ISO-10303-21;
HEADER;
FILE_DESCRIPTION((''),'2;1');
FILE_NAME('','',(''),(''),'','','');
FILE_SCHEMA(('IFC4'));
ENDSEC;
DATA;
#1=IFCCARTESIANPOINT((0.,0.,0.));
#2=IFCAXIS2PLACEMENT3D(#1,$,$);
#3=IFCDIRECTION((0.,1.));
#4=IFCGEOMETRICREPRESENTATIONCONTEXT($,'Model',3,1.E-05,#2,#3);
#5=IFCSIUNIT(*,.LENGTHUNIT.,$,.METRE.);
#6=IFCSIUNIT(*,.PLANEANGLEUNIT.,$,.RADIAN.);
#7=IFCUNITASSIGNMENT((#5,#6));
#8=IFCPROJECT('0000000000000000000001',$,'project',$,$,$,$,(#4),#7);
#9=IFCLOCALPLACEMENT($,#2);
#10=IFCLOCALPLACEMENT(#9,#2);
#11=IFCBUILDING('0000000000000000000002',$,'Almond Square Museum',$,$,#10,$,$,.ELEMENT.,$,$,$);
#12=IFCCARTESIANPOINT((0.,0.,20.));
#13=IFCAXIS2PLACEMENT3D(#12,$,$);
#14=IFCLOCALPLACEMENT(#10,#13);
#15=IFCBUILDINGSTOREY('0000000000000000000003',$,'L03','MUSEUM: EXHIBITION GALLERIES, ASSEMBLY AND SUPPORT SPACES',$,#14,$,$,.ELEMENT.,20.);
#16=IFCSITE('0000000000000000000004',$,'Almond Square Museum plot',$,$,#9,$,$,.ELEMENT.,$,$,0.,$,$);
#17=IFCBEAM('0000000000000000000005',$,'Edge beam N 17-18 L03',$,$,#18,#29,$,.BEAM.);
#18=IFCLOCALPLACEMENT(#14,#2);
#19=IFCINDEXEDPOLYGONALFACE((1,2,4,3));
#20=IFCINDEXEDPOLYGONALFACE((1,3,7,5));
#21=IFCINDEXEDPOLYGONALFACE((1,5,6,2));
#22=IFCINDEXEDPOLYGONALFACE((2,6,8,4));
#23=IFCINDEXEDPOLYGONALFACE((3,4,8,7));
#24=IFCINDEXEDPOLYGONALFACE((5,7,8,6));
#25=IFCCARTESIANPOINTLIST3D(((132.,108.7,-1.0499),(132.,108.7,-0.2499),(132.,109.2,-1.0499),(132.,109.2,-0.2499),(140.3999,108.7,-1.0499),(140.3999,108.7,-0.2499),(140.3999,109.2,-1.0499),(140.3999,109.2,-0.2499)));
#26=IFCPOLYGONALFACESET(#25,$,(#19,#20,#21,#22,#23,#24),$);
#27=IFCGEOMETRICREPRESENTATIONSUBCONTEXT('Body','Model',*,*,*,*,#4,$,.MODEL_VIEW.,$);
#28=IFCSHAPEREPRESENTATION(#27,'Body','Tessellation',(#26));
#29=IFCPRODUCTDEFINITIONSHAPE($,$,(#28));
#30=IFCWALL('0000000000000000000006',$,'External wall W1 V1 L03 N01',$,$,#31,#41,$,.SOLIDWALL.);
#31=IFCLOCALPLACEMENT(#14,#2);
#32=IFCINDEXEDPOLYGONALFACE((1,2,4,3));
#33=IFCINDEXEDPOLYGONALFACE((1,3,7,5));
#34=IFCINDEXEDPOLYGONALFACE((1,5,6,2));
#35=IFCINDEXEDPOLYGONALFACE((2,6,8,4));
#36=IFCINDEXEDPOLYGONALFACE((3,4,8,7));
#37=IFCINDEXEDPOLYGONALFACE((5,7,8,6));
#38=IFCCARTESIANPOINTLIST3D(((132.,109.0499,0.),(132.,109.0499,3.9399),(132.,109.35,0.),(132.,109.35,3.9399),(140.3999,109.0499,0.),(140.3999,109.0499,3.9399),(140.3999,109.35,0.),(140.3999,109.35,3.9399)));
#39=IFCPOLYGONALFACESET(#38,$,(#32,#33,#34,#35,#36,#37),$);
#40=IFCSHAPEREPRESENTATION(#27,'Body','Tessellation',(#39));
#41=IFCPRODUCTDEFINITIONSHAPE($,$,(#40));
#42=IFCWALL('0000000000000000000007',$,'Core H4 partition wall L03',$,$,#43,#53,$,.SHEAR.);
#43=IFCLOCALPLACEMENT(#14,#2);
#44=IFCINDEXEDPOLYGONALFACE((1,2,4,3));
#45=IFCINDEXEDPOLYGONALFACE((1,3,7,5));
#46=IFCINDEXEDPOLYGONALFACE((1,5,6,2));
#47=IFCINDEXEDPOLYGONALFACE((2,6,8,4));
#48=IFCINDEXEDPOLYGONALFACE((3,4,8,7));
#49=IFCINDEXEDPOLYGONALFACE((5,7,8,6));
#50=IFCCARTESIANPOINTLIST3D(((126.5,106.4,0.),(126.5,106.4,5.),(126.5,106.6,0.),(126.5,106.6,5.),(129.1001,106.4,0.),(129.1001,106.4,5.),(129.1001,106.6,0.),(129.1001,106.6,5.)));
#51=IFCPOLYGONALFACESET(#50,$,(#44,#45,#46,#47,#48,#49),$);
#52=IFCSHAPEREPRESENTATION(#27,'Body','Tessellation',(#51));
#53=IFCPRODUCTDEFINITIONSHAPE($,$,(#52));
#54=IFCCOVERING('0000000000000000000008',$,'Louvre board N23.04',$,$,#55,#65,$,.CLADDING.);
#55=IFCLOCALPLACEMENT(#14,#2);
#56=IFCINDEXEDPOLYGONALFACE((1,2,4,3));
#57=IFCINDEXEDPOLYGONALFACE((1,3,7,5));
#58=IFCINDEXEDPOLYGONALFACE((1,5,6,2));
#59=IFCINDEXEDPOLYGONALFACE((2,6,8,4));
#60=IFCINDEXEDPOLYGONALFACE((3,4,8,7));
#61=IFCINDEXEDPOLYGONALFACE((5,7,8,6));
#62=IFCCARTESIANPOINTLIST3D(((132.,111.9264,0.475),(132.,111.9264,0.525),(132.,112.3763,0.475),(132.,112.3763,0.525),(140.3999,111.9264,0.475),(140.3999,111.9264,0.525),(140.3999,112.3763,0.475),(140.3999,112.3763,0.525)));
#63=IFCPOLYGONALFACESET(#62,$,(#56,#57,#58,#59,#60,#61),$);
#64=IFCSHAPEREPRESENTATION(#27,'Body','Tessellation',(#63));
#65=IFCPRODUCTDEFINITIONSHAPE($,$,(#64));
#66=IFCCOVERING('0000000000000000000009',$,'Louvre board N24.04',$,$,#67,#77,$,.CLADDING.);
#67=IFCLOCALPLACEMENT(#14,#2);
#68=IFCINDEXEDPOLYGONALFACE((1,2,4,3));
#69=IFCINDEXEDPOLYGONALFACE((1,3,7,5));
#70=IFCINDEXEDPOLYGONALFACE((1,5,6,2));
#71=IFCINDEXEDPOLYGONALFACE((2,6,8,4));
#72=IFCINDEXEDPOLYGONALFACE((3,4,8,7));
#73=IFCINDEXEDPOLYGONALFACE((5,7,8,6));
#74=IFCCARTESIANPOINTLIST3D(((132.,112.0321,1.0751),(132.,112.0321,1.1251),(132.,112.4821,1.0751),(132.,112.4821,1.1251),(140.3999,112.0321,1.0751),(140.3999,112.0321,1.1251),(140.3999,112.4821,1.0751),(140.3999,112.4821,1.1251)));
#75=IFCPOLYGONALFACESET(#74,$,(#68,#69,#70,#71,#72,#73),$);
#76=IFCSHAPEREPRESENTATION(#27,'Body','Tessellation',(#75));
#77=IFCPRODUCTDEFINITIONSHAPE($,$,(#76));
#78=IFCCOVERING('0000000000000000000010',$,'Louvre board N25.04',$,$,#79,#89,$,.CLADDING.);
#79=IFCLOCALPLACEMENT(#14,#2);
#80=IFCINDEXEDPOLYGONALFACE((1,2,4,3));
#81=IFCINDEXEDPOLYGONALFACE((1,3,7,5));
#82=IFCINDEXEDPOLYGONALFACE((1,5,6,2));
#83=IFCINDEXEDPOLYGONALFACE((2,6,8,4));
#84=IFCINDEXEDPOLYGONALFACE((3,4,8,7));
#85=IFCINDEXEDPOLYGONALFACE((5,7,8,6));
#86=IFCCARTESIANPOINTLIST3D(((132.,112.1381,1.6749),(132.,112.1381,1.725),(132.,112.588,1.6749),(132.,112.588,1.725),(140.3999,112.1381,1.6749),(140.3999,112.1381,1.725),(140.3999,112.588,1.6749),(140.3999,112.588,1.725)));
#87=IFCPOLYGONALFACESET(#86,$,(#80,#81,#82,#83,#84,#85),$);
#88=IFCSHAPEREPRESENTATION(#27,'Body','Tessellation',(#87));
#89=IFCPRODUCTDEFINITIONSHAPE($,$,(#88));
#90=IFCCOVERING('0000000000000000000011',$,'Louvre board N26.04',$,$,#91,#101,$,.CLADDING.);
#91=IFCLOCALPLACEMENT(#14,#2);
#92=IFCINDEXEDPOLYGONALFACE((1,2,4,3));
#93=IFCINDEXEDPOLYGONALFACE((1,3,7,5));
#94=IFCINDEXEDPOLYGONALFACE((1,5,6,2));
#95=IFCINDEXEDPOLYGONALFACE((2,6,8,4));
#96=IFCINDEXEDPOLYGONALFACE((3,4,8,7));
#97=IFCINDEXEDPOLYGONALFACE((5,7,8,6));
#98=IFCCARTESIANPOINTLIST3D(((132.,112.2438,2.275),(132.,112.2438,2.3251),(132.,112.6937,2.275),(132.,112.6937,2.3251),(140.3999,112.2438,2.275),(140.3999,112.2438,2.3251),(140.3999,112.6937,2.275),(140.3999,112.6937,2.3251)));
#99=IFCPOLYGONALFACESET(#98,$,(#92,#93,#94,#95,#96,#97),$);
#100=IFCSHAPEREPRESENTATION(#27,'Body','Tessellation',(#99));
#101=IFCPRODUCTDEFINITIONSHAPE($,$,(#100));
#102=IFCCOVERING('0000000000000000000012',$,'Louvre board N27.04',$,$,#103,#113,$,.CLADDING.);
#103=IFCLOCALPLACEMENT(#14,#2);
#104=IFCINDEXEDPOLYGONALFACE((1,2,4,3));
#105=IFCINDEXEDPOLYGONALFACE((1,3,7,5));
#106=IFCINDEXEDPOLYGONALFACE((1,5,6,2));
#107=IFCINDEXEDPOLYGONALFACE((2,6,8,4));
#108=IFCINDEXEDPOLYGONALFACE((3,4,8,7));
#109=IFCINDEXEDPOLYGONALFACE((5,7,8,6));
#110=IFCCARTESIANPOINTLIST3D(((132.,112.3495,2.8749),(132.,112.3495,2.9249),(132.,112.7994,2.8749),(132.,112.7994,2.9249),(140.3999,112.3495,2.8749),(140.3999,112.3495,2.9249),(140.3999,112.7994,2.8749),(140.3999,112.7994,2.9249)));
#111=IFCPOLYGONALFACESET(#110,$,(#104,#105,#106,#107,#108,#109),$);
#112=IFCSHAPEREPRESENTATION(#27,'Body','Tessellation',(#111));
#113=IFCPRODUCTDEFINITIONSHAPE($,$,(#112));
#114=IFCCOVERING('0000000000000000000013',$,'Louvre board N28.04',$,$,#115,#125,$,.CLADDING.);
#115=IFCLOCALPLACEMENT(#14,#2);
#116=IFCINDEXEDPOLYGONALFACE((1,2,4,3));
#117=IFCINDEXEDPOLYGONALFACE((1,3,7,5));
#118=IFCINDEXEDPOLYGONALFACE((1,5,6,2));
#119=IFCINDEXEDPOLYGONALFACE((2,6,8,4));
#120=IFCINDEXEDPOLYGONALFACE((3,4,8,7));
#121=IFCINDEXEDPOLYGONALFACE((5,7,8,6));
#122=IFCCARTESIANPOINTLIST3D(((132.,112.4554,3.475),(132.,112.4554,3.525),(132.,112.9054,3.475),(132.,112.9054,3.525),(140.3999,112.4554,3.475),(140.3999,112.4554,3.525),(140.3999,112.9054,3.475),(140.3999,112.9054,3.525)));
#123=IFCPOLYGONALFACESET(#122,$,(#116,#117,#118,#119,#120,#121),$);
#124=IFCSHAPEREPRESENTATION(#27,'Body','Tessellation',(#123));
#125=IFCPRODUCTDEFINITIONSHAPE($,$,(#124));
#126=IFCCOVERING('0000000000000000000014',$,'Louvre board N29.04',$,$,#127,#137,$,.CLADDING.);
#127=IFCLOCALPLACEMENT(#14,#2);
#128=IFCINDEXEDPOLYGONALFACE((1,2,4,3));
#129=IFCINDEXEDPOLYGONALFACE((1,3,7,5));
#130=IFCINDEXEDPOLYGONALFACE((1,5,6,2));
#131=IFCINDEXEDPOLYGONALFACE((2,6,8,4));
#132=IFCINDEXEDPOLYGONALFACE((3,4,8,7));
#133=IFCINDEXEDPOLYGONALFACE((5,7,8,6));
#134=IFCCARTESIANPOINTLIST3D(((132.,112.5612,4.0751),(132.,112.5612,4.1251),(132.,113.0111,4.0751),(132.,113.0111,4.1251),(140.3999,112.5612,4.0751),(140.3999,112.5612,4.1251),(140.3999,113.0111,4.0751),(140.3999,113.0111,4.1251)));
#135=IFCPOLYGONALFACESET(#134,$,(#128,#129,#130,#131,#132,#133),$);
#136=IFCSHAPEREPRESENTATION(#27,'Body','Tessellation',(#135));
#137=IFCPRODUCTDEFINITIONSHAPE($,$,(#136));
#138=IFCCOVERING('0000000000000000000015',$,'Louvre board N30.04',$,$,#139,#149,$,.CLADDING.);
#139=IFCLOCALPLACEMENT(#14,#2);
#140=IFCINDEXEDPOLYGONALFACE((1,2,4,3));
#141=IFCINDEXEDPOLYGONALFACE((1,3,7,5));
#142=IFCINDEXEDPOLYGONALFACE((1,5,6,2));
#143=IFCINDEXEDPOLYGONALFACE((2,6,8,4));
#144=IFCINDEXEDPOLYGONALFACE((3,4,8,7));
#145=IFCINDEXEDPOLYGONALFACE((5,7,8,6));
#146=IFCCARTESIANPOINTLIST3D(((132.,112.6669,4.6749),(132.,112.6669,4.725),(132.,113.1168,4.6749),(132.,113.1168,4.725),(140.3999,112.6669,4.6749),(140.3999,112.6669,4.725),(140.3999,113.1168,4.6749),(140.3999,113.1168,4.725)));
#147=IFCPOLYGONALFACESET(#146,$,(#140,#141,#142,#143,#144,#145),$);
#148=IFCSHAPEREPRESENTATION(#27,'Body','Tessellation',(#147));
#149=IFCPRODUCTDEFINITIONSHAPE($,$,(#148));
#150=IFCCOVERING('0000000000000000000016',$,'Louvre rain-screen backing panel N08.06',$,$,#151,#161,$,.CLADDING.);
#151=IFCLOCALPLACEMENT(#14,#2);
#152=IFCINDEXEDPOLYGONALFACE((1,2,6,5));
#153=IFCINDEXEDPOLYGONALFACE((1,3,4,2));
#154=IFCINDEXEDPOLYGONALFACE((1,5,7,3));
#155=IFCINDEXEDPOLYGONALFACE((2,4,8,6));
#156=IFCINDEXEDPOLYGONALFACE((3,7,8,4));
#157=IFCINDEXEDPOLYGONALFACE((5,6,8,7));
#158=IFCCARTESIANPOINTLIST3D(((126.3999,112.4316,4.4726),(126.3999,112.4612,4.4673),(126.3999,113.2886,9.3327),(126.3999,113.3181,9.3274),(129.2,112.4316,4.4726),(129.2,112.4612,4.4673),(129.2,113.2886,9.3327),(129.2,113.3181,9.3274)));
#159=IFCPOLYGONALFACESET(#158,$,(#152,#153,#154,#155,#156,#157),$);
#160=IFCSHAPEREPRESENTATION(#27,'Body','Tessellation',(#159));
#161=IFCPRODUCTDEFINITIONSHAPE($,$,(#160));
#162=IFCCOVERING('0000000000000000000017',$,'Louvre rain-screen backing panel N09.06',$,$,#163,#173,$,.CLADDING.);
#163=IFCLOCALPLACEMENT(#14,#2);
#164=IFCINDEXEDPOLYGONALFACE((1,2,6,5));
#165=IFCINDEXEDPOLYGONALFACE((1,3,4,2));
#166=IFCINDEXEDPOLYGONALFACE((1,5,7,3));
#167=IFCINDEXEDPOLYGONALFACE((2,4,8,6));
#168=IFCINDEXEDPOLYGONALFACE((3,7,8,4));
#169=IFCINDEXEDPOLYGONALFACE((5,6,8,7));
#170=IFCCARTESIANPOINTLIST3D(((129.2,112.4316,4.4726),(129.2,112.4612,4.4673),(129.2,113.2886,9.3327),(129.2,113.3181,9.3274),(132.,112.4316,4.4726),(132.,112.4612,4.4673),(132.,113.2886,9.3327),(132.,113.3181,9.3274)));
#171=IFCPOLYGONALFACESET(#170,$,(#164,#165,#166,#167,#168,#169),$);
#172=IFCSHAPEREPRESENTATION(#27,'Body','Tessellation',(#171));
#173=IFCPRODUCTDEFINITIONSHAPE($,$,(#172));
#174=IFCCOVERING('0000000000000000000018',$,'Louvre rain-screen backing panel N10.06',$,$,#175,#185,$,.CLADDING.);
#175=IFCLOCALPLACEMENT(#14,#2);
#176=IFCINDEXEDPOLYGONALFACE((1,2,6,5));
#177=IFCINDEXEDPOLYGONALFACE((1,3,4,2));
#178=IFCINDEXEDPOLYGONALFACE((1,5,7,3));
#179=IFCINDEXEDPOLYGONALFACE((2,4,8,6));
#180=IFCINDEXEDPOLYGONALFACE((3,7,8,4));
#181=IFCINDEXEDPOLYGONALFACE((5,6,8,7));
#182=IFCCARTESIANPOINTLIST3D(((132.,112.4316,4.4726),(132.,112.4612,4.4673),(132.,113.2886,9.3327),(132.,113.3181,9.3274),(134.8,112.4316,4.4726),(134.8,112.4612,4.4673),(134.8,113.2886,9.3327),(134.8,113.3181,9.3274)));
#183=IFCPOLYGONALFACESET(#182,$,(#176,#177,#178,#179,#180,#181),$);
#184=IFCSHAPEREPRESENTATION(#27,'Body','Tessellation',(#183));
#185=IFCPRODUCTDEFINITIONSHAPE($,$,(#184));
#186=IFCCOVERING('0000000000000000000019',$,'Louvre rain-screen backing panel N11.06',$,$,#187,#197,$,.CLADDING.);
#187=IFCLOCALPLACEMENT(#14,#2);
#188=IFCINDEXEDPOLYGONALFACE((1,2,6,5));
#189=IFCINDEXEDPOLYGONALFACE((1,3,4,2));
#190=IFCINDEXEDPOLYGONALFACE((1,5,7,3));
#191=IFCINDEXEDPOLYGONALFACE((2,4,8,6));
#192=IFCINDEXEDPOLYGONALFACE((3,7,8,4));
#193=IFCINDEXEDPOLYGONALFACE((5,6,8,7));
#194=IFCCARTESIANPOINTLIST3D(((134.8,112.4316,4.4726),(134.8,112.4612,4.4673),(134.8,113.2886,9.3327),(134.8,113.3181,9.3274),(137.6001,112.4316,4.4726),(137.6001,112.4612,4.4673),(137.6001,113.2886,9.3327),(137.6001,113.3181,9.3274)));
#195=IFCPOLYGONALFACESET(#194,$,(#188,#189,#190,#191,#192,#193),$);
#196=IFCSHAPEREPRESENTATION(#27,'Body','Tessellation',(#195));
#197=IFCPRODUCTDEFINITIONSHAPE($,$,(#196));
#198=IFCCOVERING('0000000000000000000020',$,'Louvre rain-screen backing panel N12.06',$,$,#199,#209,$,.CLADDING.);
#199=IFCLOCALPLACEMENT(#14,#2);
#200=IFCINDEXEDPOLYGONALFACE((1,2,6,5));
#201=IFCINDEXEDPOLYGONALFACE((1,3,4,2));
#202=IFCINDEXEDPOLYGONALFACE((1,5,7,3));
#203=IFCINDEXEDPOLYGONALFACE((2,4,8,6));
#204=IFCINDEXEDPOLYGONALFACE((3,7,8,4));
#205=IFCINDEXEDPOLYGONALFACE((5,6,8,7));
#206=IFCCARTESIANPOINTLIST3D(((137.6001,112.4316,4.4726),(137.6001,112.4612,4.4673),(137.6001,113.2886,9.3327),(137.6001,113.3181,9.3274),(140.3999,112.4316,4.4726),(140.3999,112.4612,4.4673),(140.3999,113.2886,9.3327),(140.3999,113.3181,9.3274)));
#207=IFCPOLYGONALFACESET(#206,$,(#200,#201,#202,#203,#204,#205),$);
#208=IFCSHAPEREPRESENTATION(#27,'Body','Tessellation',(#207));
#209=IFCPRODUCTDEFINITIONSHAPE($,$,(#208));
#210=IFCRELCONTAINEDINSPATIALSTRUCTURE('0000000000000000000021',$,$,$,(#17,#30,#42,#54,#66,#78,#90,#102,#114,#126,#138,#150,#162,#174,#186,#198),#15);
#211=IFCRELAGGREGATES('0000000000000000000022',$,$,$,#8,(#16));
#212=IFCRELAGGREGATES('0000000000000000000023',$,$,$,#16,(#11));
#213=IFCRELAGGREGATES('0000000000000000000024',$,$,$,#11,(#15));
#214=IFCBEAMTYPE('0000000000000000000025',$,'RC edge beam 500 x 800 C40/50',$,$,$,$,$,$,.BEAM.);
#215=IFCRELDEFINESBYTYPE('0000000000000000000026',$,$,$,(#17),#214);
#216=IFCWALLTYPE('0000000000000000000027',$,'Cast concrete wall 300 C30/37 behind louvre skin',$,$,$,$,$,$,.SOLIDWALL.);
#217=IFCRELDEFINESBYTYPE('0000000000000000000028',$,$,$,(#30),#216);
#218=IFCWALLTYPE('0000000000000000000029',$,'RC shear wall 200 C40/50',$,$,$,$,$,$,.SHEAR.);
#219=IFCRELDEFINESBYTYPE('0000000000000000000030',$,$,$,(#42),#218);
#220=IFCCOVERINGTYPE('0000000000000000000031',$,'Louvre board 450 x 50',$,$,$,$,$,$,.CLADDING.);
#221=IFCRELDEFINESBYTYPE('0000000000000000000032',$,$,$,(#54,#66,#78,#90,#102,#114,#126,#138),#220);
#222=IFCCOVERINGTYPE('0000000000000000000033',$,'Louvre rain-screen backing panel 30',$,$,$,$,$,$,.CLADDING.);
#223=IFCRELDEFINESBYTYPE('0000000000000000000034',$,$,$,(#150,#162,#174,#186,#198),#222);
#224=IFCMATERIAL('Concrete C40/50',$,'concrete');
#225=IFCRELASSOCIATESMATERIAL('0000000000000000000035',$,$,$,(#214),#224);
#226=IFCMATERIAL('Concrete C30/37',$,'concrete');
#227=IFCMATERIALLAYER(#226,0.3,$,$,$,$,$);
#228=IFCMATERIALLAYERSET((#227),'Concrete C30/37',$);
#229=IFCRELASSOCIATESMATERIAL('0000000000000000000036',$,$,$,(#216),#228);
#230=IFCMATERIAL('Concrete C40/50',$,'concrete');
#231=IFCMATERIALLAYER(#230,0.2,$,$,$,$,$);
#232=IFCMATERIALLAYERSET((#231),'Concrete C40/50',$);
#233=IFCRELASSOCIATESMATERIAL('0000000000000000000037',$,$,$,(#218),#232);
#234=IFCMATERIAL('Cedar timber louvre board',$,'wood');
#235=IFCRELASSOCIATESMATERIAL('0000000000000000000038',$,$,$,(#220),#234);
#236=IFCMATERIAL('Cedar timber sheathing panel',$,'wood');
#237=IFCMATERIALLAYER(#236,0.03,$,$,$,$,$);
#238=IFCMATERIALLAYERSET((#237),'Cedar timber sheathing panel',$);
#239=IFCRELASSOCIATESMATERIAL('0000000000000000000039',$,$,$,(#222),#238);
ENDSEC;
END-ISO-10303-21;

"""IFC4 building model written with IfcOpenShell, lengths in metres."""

from ifc_helpers import new_model, si_unit, direction, frame, frame_2d, origin, origin_2d, place, context, subcontext, project, spatial, polyline, rectangle, outline, extrude, material, layer, layer_set, material_profile, profile_set, type_object, element, save


model = new_model("IFC4")

# Units and contexts
model_context = context("Model", 3, precision=1e-05, world=origin(), true_north=direction((0.0, 1.0)))
body_context = subcontext(model_context, "Body", "Model", "MODEL_VIEW")
ifc_project = project(units=[si_unit("LENGTHUNIT", "METRE"), si_unit("PLANEANGLEUNIT", "RADIAN")], contexts=[model_context])

# Site, building, storey
site_placement = place(None, origin())
site = spatial("IfcSite", under=ifc_project, at=site_placement, Name="Almond Square Museum plot", CompositionType="ELEMENT", RefElevation=0.0)
building_placement = place(site_placement, origin())
building = spatial("IfcBuilding", under=site, at=building_placement, Name="Almond Square Museum", CompositionType="ELEMENT")
storey_placement = place(building_placement, frame((0.0, 0.0, 20.0)))
storey = spatial("IfcBuildingStorey", under=building, at=storey_placement, Name="L03", Description="MUSEUM: EXHIBITION GALLERIES, ASSEMBLY AND SUPPORT SPACES", CompositionType="ELEMENT", Elevation=20.0)

# Beam
ifc_material_1 = material(Name="Concrete C40/50", Category="concrete")
ifc_material_profile_1 = material_profile(ifc_material_1, rectangle(XDim=0.5, YDim=0.8, at=origin_2d()))
ifc_profile_set_1 = profile_set([ifc_material_profile_1], Name="Concrete C40/50")
beam_type = type_object("IfcBeamType", Name="RC edge beam 500 x 800 C40/50", PredefinedType="BEAM", material=ifc_profile_set_1)
beam_placement = place(storey_placement, frame((132.0, 108.95, -0.6499), z_axis=(1.0, 0.0, 0.0), x_axis=(0.0, 1.0, 0.0)))
element("IfcBeam", 1, at=beam_placement, inside=storey, type_object=beam_type, Name="Edge beam N 17-18 L03", PredefinedType="BEAM", context=body_context, shape_type="SweptSolid", body=[
    extrude(rectangle(XDim=0.5, YDim=0.8, at=origin_2d()), origin(), (0.0, 0.0, 1.0), 8.3999),
])

# Walls
ifc_material_2 = material(Name="Concrete C30/37", Category="concrete")
ifc_layer_1 = layer(ifc_material_2, 0.3)
ifc_layer_set_1 = layer_set([ifc_layer_1], Name="Concrete C30/37")
wall_type_1 = type_object("IfcWallType", Name="Cast concrete wall 300 C30/37 behind louvre skin", PredefinedType="SOLIDWALL", material=ifc_layer_set_1)
wall_1_placement = place(storey_placement, frame((132.0, 109.2, 0.0), z_axis=(0.0, 0.0, 1.0), x_axis=(1.0, 0.0, 0.0)))
element("IfcWall", 2, at=wall_1_placement, inside=storey, type_object=wall_type_1, Name="External wall W1 V1 L03 N01", PredefinedType="SOLIDWALL", context=body_context, shape_type="SweptSolid", body=[
    extrude(rectangle(XDim=8.3999, YDim=0.3, at=frame_2d((4.2, 0.0))), origin(), (0.0, 0.0, 1.0), 3.9399),
])
ifc_material_3 = material(Name="Concrete C40/50", Category="concrete")
ifc_layer_2 = layer(ifc_material_3, 0.2)
ifc_layer_set_2 = layer_set([ifc_layer_2], Name="Concrete C40/50")
wall_type_2 = type_object("IfcWallType", Name="RC shear wall 200 C40/50", PredefinedType="SHEAR", material=ifc_layer_set_2)
wall_2_placement = place(storey_placement, frame((126.5, 106.5, 0.0), z_axis=(0.0, 0.0, 1.0), x_axis=(1.0, 0.0, 0.0)))
element("IfcWall", 3, at=wall_2_placement, inside=storey, type_object=wall_type_2, Name="Core H4 partition wall L03", PredefinedType="SHEAR", context=body_context, shape_type="SweptSolid", body=[
    extrude(rectangle(XDim=2.6001, YDim=0.2, at=frame_2d((1.3, 0.0))), origin(), (0.0, 0.0, 1.0), 5.0),
])

# Coverings
ifc_material_4 = material(Name="Cedar timber louvre board", Category="wood")
ifc_material_profile_2 = material_profile(ifc_material_4, rectangle(XDim=0.45, YDim=0.05, at=origin_2d()))
ifc_profile_set_2 = profile_set([ifc_material_profile_2], Name="Cedar timber louvre board")
covering_type_1 = type_object("IfcCoveringType", Name="Louvre board 450 x 50", PredefinedType="CLADDING", material=ifc_profile_set_2)
for number, where, z_axis, x_axis, name in (
    (4, (132.0, 112.1514, 0.5), (1.0, 0.0, 0.0), (0.0, 1.0, 0.0), "Louvre board N23.04"),
    (5, (132.0, 112.2571, 1.1001), (1.0, 0.0, 0.0), (0.0, 1.0, 0.0), "Louvre board N24.04"),
    (6, (132.0, 112.363, 1.7), (1.0, 0.0, 0.0), (0.0, 1.0, 0.0), "Louvre board N25.04"),
    (7, (132.0, 112.4688, 2.3), (1.0, 0.0, 0.0), (0.0, 1.0, 0.0), "Louvre board N26.04"),
    (8, (132.0, 112.5745, 2.8999), (1.0, 0.0, 0.0), (0.0, 1.0, 0.0), "Louvre board N27.04"),
    (9, (132.0, 112.6804, 3.5), (1.0, 0.0, 0.0), (0.0, 1.0, 0.0), "Louvre board N28.04"),
    (10, (132.0, 112.7861, 4.1001), (1.0, 0.0, 0.0), (0.0, 1.0, 0.0), "Louvre board N29.04"),
    (11, (132.0, 112.8918, 4.7), (1.0, 0.0, 0.0), (0.0, 1.0, 0.0), "Louvre board N30.04"),
):
    element("IfcCovering", number, at=place(storey_placement, frame(where, z_axis=z_axis, x_axis=x_axis)), inside=storey, type_object=covering_type_1, Name=name, PredefinedType="CLADDING", context=body_context, shape_type="SweptSolid", body=[
        extrude(rectangle(XDim=0.45, YDim=0.05, at=origin_2d()), origin(), (0.0, 0.0, 1.0), 8.3999),
    ])
ifc_material_5 = material(Name="Cedar timber sheathing panel", Category="wood")
ifc_layer_3 = layer(ifc_material_5, 0.03)
ifc_layer_set_3 = layer_set([ifc_layer_3], Name="Cedar timber sheathing panel")
covering_type_2 = type_object("IfcCoveringType", Name="Louvre rain-screen backing panel 30", PredefinedType="CLADDING", material=ifc_layer_set_3)
for number, where, z_axis, x_axis, name in (
    (12, (126.3999, 112.4463, 4.47), (0.0, -0.984809, 0.173641), (1.0, 0.0, 0.0), "Louvre rain-screen backing panel N08.06"),
    (13, (129.2, 112.4463, 4.47), (0.0, -0.984809, 0.173641), (1.0, 0.0, 0.0), "Louvre rain-screen backing panel N09.06"),
    (14, (132.0, 112.4463, 4.47), (0.0, -0.984809, 0.173641), (1.0, 0.0, 0.0), "Louvre rain-screen backing panel N10.06"),
    (15, (134.8, 112.4463, 4.47), (0.0, -0.984809, 0.173641), (1.0, 0.0, 0.0), "Louvre rain-screen backing panel N11.06"),
):
    element("IfcCovering", number, at=place(storey_placement, frame(where, z_axis=z_axis, x_axis=x_axis)), inside=storey, type_object=covering_type_2, Name=name, PredefinedType="CLADDING", context=body_context, shape_type="SweptSolid", body=[
        extrude(outline(polyline([(0.0, 0.0), (2.8, 0.0), (2.8, 4.9351), (0.0, 4.9351), (0.0, 0.0)])), frame((0.0, 0.0, -0.0151)), (0.0, 0.0, 1.0), 0.03),
    ])
covering_placement = place(storey_placement, frame((137.6001, 112.4463, 4.47), z_axis=(0.0, -0.984809, 0.173641), x_axis=(1.0, 0.0, 0.0)))
element("IfcCovering", 16, at=covering_placement, inside=storey, type_object=covering_type_2, Name="Louvre rain-screen backing panel N12.06", PredefinedType="CLADDING", context=body_context, shape_type="SweptSolid", body=[
    extrude(outline(polyline([(0.0, 0.0), (2.7998, 0.0), (2.7998, 4.9351), (0.0, 4.9351), (0.0, 0.0)])), frame((0.0, 0.0, -0.0151)), (0.0, 0.0, 1.0), 0.03),
])

save(model, "model.ifc")
